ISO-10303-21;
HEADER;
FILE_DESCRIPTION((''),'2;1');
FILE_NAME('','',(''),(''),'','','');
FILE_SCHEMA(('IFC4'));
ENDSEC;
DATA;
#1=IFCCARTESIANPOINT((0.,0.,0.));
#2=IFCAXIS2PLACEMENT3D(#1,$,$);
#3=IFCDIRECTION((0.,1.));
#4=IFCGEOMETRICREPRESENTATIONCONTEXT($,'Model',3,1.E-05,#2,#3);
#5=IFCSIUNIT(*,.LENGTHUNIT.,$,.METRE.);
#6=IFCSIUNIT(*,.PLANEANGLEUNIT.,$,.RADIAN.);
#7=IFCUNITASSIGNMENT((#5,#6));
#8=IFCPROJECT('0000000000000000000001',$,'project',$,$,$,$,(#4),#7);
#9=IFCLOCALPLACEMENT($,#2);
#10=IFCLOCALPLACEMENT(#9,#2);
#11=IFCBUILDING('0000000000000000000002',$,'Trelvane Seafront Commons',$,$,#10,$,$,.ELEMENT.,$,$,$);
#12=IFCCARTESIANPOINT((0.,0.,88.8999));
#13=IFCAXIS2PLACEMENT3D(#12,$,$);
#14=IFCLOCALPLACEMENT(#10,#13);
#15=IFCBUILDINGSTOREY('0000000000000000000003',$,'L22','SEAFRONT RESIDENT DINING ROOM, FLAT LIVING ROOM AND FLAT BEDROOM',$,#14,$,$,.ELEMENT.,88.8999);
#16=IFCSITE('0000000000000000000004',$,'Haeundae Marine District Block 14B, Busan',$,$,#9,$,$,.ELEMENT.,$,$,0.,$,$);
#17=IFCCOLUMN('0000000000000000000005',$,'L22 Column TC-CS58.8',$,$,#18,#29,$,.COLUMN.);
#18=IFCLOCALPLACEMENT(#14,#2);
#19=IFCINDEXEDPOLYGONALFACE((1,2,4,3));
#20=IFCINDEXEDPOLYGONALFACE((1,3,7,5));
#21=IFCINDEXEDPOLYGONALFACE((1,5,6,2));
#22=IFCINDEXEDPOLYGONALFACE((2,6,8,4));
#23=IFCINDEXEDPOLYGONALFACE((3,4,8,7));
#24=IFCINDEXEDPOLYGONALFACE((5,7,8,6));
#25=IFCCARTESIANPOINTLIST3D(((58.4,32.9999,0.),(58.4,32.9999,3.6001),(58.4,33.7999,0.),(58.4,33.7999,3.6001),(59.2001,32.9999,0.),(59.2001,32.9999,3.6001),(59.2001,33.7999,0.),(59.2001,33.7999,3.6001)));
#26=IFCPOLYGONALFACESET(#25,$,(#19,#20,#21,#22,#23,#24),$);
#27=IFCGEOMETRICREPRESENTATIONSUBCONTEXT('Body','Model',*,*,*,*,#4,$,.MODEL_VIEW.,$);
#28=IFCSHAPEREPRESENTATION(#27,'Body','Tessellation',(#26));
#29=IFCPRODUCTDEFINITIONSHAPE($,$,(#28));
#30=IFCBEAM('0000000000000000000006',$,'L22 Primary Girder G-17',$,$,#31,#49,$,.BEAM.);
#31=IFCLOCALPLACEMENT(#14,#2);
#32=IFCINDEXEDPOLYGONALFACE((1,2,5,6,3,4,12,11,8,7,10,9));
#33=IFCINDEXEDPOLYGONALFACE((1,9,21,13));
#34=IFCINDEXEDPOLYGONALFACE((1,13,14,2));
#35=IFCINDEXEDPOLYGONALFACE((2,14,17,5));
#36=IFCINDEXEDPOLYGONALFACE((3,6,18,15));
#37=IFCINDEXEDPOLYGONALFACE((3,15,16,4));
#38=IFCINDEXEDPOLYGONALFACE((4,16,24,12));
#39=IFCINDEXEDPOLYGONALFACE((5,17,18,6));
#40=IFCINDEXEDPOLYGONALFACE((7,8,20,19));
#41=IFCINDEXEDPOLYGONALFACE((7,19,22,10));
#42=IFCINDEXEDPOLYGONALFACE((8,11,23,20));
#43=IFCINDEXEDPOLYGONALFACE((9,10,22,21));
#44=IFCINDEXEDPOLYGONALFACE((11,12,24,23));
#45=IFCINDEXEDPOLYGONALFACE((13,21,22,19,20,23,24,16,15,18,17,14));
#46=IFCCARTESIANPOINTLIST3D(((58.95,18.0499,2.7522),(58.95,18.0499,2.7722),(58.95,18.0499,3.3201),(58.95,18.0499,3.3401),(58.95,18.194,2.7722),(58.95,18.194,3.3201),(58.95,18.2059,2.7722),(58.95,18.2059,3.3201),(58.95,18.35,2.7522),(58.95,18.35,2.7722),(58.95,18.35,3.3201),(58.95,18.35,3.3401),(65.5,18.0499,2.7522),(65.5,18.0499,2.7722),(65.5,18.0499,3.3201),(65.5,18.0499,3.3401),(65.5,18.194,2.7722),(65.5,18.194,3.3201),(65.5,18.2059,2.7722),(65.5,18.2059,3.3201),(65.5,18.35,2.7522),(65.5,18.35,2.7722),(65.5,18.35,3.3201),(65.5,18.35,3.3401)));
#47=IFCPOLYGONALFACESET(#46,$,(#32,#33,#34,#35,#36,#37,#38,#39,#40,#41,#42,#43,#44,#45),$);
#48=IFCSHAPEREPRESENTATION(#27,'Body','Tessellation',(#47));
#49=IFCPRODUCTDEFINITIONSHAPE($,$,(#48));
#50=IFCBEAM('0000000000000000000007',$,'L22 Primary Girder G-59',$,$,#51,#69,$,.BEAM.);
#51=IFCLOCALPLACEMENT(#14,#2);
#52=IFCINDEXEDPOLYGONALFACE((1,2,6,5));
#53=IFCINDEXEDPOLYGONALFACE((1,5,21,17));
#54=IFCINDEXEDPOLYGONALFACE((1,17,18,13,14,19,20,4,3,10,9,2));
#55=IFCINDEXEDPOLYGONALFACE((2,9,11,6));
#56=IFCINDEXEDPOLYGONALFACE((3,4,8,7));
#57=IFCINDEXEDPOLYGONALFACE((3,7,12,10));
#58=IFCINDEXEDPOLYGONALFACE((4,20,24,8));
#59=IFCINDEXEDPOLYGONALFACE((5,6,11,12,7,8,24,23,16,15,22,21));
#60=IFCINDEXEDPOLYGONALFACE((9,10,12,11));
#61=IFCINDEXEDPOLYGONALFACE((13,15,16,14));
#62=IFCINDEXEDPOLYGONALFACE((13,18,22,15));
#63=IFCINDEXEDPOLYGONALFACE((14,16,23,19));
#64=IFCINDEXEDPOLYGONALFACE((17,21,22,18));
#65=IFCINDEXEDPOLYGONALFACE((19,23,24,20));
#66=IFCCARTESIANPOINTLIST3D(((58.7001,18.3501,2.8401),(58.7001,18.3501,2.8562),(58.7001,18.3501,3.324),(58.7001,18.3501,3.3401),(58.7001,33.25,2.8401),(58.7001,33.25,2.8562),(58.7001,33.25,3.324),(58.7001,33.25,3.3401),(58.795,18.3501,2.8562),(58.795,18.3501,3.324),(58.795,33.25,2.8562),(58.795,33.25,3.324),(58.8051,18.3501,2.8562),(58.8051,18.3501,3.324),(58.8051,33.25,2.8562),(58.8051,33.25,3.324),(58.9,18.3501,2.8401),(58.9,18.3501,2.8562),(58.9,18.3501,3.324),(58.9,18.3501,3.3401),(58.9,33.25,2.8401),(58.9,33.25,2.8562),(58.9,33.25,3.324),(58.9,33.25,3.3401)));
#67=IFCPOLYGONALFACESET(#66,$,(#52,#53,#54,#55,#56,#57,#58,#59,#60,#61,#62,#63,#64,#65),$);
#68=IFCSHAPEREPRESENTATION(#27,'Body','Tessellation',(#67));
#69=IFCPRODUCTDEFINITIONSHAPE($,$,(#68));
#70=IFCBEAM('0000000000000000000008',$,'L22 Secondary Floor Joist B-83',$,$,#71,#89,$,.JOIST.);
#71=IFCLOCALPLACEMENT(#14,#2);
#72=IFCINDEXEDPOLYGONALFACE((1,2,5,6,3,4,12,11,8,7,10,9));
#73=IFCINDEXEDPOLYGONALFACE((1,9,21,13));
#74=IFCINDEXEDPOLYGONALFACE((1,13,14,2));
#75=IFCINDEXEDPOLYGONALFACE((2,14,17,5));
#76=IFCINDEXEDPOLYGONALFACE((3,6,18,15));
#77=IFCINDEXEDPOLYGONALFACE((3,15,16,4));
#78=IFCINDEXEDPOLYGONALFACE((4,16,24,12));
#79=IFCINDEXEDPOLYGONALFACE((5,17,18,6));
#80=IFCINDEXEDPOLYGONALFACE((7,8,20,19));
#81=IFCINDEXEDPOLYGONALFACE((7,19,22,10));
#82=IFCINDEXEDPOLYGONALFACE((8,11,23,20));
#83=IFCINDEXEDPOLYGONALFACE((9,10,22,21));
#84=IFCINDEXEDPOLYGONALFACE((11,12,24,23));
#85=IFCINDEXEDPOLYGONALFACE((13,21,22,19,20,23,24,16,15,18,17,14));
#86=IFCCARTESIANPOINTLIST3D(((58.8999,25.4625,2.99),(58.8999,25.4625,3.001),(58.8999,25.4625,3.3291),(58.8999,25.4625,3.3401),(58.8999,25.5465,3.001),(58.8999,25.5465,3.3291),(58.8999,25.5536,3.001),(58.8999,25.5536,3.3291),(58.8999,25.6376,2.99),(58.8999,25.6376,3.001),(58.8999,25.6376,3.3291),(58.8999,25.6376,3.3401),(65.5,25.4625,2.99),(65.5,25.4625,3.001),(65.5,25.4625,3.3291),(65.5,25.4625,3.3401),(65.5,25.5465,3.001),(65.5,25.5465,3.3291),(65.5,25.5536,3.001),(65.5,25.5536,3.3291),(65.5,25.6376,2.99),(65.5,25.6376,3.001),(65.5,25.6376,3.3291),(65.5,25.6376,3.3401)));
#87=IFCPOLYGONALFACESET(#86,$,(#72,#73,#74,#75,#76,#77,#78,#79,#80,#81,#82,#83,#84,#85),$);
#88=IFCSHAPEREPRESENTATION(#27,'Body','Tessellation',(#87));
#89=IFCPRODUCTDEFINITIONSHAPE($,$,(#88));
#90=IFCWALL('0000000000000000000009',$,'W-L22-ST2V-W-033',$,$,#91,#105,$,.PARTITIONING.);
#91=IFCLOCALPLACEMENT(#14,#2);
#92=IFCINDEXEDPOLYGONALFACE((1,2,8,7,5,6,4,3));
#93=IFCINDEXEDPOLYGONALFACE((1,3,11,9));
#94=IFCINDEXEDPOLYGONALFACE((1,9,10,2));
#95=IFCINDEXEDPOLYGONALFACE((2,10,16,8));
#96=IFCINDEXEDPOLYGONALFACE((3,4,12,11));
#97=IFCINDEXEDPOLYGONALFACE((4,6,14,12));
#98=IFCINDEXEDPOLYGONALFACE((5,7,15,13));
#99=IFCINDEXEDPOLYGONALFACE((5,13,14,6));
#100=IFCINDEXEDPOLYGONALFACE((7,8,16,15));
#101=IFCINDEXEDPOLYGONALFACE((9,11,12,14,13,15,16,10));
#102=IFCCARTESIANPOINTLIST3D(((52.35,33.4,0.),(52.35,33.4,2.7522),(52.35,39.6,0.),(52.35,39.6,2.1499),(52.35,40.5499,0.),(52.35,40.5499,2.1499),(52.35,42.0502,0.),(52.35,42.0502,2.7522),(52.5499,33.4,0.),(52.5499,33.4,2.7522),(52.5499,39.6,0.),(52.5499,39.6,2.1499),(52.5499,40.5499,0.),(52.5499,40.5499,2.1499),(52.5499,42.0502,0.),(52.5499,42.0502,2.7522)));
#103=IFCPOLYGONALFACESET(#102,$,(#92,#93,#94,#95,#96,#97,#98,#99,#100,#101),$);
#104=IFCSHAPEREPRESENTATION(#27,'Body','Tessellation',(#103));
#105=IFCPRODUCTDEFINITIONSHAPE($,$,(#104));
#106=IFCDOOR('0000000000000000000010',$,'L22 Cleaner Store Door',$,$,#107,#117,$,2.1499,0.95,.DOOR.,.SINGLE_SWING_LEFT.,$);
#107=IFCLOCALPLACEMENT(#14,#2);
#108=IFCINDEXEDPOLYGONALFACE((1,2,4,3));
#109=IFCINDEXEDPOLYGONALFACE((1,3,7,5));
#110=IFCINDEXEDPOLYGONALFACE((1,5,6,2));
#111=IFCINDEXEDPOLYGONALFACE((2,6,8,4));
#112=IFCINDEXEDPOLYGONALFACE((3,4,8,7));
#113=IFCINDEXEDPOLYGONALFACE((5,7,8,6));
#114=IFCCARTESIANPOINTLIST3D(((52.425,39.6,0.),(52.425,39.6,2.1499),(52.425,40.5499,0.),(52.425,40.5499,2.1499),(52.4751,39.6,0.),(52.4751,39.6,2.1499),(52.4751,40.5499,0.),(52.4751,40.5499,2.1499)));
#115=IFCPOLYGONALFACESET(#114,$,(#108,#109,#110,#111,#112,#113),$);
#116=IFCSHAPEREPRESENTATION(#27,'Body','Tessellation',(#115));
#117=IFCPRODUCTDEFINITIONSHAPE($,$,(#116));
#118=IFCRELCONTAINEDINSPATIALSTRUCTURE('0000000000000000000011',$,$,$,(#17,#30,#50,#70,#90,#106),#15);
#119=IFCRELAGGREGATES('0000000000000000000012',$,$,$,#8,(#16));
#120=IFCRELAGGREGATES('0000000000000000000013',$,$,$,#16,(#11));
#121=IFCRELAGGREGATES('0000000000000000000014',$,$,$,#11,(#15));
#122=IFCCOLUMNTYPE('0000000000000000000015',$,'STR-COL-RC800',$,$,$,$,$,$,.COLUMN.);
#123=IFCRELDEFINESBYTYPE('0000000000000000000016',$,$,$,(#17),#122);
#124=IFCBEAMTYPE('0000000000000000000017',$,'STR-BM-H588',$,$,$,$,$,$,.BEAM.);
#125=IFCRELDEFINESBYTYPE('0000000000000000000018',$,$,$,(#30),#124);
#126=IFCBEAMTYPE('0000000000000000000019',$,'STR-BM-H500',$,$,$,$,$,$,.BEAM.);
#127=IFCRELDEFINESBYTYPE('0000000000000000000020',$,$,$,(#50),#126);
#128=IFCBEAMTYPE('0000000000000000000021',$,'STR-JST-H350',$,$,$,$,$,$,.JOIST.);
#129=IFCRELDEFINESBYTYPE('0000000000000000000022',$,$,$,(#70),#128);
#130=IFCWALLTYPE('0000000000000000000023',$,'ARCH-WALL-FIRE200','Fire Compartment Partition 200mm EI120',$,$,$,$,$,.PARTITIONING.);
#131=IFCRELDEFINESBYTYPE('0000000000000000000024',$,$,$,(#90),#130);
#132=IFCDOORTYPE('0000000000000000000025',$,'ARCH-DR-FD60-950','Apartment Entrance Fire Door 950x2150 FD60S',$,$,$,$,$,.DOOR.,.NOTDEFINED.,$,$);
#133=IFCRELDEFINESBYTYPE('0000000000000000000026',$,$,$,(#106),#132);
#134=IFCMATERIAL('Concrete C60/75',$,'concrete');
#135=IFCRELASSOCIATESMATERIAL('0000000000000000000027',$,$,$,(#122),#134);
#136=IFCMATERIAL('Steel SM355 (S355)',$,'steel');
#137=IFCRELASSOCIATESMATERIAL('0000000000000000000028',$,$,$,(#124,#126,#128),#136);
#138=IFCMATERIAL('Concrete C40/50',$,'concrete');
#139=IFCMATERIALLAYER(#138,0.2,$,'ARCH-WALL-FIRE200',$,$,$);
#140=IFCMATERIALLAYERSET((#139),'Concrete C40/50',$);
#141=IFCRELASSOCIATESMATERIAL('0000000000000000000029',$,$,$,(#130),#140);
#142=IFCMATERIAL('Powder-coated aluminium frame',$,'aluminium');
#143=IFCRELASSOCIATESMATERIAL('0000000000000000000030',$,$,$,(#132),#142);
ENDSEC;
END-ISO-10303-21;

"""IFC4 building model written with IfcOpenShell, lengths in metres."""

from ifc_helpers import new_model, si_unit, direction, frame, frame_2d, origin, origin_2d, place, context, subcontext, project, spatial, rectangle, i_section, extrude, source, transform, mapped, material, layer, layer_set, material_profile, profile_set, type_object, element, fill, save


model = new_model("IFC4")

# Units and contexts
model_context = context("Model", 3, precision=1e-05, world=origin(), true_north=direction((0.0, 1.0)))
body_context = subcontext(model_context, "Body", "Model", "MODEL_VIEW")
ifc_project = project(units=[si_unit("LENGTHUNIT", "METRE"), si_unit("PLANEANGLEUNIT", "RADIAN")], contexts=[model_context])

# Site, building, storey
site_placement = place(None, origin())
site = spatial("IfcSite", under=ifc_project, at=site_placement, Name="Haeundae Marine District Block 14B, Busan", CompositionType="ELEMENT", RefElevation=0.0)
building_placement = place(site_placement, origin())
building = spatial("IfcBuilding", under=site, at=building_placement, Name="Trelvane Seafront Commons", CompositionType="ELEMENT")
storey_placement = place(building_placement, frame((0.0, 0.0, 88.8999)))
storey = spatial("IfcBuildingStorey", under=building, at=storey_placement, Name="L22", Description="SEAFRONT RESIDENT DINING ROOM, FLAT LIVING ROOM AND FLAT BEDROOM", CompositionType="ELEMENT", Elevation=88.8999)

# Column
ifc_material_1 = material(Name="Concrete C60/75", Category="concrete")
ifc_material_profile_1 = material_profile(ifc_material_1, rectangle(XDim=0.8, YDim=0.8, at=origin_2d()), Name="RC-800x800")
ifc_profile_set_1 = profile_set([ifc_material_profile_1], Name="Concrete C60/75")
column_type = type_object("IfcColumnType", Name="STR-COL-RC800", PredefinedType="COLUMN", material=ifc_profile_set_1)
shared_shape_1 = source(origin(), body_context, "Body", "SweptSolid", [
    extrude(rectangle(XDim=0.8, YDim=0.8, at=origin_2d()), origin(), (0.0, 0.0, 1.0), 3.6001),
])
column_placement = place(storey_placement, frame((58.8, 33.3999, 0.0), z_axis=(0.0, 0.0, 1.0), x_axis=(1.0, 0.0, 0.0)))
element("IfcColumn", 1, at=column_placement, inside=storey, type_object=column_type, Name="L22 Column TC-CS58.8", PredefinedType="COLUMN", context=body_context, shape_type="MappedRepresentation", body=[
    mapped(shared_shape_1, transform((0.0, 0.0, 0.0), x_axis=(1.0, 0.0, 0.0), y_axis=(0.0, 1.0, 0.0), z_axis=(0.0, 0.0, 1.0), scale=1.0)),
])

# Beams
ifc_material_2 = material(Name="Steel SM355 (S355)", Category="steel")
ifc_material_profile_2 = material_profile(ifc_material_2, i_section(OverallWidth=0.3, OverallDepth=0.5879, WebThickness=0.012, FlangeThickness=0.02, at=origin_2d()), Name="H-588x300x12x20")
ifc_profile_set_2 = profile_set([ifc_material_profile_2], Name="Steel SM355 (S355)")
beam_type_1 = type_object("IfcBeamType", Name="STR-BM-H588", PredefinedType="BEAM", material=ifc_profile_set_2)
shared_shape_2 = source(origin(), body_context, "Body", "SweptSolid", [
    extrude(i_section(OverallWidth=0.3, OverallDepth=0.5879, WebThickness=0.012, FlangeThickness=0.02, at=origin_2d()), origin(), (0.0, 0.0, 1.0), 6.55),
])
beam_1_placement = place(storey_placement, frame((58.95, 18.2, 3.0461), z_axis=(1.0, 0.0, 0.0), x_axis=(0.0, 1.0, 0.0)))
element("IfcBeam", 2, at=beam_1_placement, inside=storey, type_object=beam_type_1, Name="L22 Primary Girder G-17", PredefinedType="BEAM", context=body_context, shape_type="MappedRepresentation", body=[
    mapped(shared_shape_2, transform((0.0, 0.0, 0.0), x_axis=(1.0, 0.0, 0.0), y_axis=(0.0, 1.0, 0.0), z_axis=(0.0, 0.0, 1.0), scale=1.0)),
])
ifc_material_profile_3 = material_profile(ifc_material_2, i_section(OverallWidth=0.2, OverallDepth=0.5, WebThickness=0.01, FlangeThickness=0.0161, at=origin_2d()), Name="H-500x200x10x16")
ifc_profile_set_3 = profile_set([ifc_material_profile_3], Name="Steel SM355 (S355)")
beam_type_2 = type_object("IfcBeamType", Name="STR-BM-H500", PredefinedType="BEAM", material=ifc_profile_set_3)
shared_shape_3 = source(origin(), body_context, "Body", "SweptSolid", [
    extrude(i_section(OverallWidth=0.2, OverallDepth=0.5, WebThickness=0.01, FlangeThickness=0.0161, at=origin_2d()), origin(), (0.0, 0.0, 1.0), 14.8999),
])
beam_2_placement = place(storey_placement, frame((58.8, 18.3501, 3.0901), z_axis=(0.0, 1.0, 0.0), x_axis=(-1.0, 0.0, 0.0)))
element("IfcBeam", 3, at=beam_2_placement, inside=storey, type_object=beam_type_2, Name="L22 Primary Girder G-59", PredefinedType="BEAM", context=body_context, shape_type="MappedRepresentation", body=[
    mapped(shared_shape_3, transform((0.0, 0.0, 0.0), x_axis=(1.0, 0.0, 0.0), y_axis=(0.0, 1.0, 0.0), z_axis=(0.0, 0.0, 1.0), scale=1.0)),
])
ifc_material_profile_4 = material_profile(ifc_material_2, i_section(OverallWidth=0.175, OverallDepth=0.3501, WebThickness=0.0071, FlangeThickness=0.011, at=origin_2d()), Name="H-350x175x7x11")
ifc_profile_set_4 = profile_set([ifc_material_profile_4], Name="Steel SM355 (S355)")
beam_type_3 = type_object("IfcBeamType", Name="STR-JST-H350", PredefinedType="JOIST", material=ifc_profile_set_4)
shared_shape_4 = source(origin(), body_context, "Body", "SweptSolid", [
    extrude(i_section(OverallWidth=0.175, OverallDepth=0.3501, WebThickness=0.0071, FlangeThickness=0.011, at=origin_2d()), origin(), (0.0, 0.0, 1.0), 6.6001),
])
beam_3_placement = place(storey_placement, frame((58.8999, 25.55, 3.165), z_axis=(1.0, 0.0, 0.0), x_axis=(0.0, 1.0, 0.0)))
element("IfcBeam", 4, at=beam_3_placement, inside=storey, type_object=beam_type_3, Name="L22 Secondary Floor Joist B-83", PredefinedType="JOIST", context=body_context, shape_type="MappedRepresentation", body=[
    mapped(shared_shape_4, transform((0.0, 0.0, 0.0), x_axis=(1.0, 0.0, 0.0), y_axis=(0.0, 1.0, 0.0), z_axis=(0.0, 0.0, 1.0), scale=1.0)),
])

# Wall, opening, door
ifc_material_3 = material(Name="Concrete C40/50", Category="concrete")
ifc_layer_1 = layer(ifc_material_3, 0.2, Name="ARCH-WALL-FIRE200")
ifc_layer_set_1 = layer_set([ifc_layer_1], Name="Concrete C40/50")
wall_type_1 = type_object("IfcWallType", Name="ARCH-WALL-FIRE200", Description="Fire Compartment Partition 200mm EI120", PredefinedType="PARTITIONING", material=ifc_layer_set_1)
wall_1_placement = place(storey_placement, frame((52.45, 33.3999, 0.0), z_axis=(0.0, 0.0, 1.0), x_axis=(0.0, 1.0, 0.0)))
wall_1 = element("IfcWall", 5, at=wall_1_placement, inside=storey, type_object=wall_type_1, Name="W-L22-ST2V-W-033", PredefinedType="PARTITIONING", context=body_context, shape_type="SweptSolid", body=[
    extrude(rectangle(XDim=8.6501, YDim=0.2, at=frame_2d((4.3252, 0.0))), origin(), (0.0, 0.0, 1.0), 2.7522),
])
opening_1_placement = place(wall_1_placement, frame((6.2, 0.0, 0.0)))
opening_1 = element("IfcOpeningElement", 6, at=opening_1_placement, cuts=wall_1, PredefinedType="OPENING", context=body_context, shape_type="SweptSolid", body=[
    extrude(rectangle(XDim=0.95, YDim=2.1499, at=frame_2d((0.4751, 1.075))), frame((0.0, 0.1099, 0.0), z_axis=(0.0, -1.0, 0.0), x_axis=(1.0, 0.0, 0.0)), (0.0, 0.0, 1.0), 0.22),
])
ifc_material_4 = material(Name="Powder-coated aluminium frame", Category="aluminium")
door_type_1 = type_object("IfcDoorType", Name="ARCH-DR-FD60-950", Description="Apartment Entrance Fire Door 950x2150 FD60S", OperationType="NOTDEFINED", PredefinedType="DOOR", material=ifc_material_4)
shared_shape_5 = source(origin(), body_context, "Body", "SweptSolid", [
    extrude(rectangle(XDim=0.95, YDim=2.1499, at=frame_2d((0.4751, 1.075))), frame((0.0, 0.0249, 0.0), z_axis=(0.0, -1.0, 0.0), x_axis=(1.0, 0.0, 0.0)), (0.0, 0.0, 1.0), 0.05),
])
door_1_placement = place(opening_1_placement, origin())
door_1 = element("IfcDoor", 7, at=door_1_placement, inside=storey, type_object=door_type_1, Name="L22 Cleaner Store Door", OperationType="SINGLE_SWING_LEFT", OverallHeight=2.1499, OverallWidth=0.95, PredefinedType="DOOR", context=body_context, shape_type="MappedRepresentation", body=[
    mapped(shared_shape_5, transform((0.0, 0.0, 0.0), x_axis=(1.0, 0.0, 0.0), y_axis=(0.0, 1.0, 0.0), z_axis=(0.0, 0.0, 1.0), scale=1.0)),
])
fill(opening_1, door_1)

save(model, "model.ifc")
